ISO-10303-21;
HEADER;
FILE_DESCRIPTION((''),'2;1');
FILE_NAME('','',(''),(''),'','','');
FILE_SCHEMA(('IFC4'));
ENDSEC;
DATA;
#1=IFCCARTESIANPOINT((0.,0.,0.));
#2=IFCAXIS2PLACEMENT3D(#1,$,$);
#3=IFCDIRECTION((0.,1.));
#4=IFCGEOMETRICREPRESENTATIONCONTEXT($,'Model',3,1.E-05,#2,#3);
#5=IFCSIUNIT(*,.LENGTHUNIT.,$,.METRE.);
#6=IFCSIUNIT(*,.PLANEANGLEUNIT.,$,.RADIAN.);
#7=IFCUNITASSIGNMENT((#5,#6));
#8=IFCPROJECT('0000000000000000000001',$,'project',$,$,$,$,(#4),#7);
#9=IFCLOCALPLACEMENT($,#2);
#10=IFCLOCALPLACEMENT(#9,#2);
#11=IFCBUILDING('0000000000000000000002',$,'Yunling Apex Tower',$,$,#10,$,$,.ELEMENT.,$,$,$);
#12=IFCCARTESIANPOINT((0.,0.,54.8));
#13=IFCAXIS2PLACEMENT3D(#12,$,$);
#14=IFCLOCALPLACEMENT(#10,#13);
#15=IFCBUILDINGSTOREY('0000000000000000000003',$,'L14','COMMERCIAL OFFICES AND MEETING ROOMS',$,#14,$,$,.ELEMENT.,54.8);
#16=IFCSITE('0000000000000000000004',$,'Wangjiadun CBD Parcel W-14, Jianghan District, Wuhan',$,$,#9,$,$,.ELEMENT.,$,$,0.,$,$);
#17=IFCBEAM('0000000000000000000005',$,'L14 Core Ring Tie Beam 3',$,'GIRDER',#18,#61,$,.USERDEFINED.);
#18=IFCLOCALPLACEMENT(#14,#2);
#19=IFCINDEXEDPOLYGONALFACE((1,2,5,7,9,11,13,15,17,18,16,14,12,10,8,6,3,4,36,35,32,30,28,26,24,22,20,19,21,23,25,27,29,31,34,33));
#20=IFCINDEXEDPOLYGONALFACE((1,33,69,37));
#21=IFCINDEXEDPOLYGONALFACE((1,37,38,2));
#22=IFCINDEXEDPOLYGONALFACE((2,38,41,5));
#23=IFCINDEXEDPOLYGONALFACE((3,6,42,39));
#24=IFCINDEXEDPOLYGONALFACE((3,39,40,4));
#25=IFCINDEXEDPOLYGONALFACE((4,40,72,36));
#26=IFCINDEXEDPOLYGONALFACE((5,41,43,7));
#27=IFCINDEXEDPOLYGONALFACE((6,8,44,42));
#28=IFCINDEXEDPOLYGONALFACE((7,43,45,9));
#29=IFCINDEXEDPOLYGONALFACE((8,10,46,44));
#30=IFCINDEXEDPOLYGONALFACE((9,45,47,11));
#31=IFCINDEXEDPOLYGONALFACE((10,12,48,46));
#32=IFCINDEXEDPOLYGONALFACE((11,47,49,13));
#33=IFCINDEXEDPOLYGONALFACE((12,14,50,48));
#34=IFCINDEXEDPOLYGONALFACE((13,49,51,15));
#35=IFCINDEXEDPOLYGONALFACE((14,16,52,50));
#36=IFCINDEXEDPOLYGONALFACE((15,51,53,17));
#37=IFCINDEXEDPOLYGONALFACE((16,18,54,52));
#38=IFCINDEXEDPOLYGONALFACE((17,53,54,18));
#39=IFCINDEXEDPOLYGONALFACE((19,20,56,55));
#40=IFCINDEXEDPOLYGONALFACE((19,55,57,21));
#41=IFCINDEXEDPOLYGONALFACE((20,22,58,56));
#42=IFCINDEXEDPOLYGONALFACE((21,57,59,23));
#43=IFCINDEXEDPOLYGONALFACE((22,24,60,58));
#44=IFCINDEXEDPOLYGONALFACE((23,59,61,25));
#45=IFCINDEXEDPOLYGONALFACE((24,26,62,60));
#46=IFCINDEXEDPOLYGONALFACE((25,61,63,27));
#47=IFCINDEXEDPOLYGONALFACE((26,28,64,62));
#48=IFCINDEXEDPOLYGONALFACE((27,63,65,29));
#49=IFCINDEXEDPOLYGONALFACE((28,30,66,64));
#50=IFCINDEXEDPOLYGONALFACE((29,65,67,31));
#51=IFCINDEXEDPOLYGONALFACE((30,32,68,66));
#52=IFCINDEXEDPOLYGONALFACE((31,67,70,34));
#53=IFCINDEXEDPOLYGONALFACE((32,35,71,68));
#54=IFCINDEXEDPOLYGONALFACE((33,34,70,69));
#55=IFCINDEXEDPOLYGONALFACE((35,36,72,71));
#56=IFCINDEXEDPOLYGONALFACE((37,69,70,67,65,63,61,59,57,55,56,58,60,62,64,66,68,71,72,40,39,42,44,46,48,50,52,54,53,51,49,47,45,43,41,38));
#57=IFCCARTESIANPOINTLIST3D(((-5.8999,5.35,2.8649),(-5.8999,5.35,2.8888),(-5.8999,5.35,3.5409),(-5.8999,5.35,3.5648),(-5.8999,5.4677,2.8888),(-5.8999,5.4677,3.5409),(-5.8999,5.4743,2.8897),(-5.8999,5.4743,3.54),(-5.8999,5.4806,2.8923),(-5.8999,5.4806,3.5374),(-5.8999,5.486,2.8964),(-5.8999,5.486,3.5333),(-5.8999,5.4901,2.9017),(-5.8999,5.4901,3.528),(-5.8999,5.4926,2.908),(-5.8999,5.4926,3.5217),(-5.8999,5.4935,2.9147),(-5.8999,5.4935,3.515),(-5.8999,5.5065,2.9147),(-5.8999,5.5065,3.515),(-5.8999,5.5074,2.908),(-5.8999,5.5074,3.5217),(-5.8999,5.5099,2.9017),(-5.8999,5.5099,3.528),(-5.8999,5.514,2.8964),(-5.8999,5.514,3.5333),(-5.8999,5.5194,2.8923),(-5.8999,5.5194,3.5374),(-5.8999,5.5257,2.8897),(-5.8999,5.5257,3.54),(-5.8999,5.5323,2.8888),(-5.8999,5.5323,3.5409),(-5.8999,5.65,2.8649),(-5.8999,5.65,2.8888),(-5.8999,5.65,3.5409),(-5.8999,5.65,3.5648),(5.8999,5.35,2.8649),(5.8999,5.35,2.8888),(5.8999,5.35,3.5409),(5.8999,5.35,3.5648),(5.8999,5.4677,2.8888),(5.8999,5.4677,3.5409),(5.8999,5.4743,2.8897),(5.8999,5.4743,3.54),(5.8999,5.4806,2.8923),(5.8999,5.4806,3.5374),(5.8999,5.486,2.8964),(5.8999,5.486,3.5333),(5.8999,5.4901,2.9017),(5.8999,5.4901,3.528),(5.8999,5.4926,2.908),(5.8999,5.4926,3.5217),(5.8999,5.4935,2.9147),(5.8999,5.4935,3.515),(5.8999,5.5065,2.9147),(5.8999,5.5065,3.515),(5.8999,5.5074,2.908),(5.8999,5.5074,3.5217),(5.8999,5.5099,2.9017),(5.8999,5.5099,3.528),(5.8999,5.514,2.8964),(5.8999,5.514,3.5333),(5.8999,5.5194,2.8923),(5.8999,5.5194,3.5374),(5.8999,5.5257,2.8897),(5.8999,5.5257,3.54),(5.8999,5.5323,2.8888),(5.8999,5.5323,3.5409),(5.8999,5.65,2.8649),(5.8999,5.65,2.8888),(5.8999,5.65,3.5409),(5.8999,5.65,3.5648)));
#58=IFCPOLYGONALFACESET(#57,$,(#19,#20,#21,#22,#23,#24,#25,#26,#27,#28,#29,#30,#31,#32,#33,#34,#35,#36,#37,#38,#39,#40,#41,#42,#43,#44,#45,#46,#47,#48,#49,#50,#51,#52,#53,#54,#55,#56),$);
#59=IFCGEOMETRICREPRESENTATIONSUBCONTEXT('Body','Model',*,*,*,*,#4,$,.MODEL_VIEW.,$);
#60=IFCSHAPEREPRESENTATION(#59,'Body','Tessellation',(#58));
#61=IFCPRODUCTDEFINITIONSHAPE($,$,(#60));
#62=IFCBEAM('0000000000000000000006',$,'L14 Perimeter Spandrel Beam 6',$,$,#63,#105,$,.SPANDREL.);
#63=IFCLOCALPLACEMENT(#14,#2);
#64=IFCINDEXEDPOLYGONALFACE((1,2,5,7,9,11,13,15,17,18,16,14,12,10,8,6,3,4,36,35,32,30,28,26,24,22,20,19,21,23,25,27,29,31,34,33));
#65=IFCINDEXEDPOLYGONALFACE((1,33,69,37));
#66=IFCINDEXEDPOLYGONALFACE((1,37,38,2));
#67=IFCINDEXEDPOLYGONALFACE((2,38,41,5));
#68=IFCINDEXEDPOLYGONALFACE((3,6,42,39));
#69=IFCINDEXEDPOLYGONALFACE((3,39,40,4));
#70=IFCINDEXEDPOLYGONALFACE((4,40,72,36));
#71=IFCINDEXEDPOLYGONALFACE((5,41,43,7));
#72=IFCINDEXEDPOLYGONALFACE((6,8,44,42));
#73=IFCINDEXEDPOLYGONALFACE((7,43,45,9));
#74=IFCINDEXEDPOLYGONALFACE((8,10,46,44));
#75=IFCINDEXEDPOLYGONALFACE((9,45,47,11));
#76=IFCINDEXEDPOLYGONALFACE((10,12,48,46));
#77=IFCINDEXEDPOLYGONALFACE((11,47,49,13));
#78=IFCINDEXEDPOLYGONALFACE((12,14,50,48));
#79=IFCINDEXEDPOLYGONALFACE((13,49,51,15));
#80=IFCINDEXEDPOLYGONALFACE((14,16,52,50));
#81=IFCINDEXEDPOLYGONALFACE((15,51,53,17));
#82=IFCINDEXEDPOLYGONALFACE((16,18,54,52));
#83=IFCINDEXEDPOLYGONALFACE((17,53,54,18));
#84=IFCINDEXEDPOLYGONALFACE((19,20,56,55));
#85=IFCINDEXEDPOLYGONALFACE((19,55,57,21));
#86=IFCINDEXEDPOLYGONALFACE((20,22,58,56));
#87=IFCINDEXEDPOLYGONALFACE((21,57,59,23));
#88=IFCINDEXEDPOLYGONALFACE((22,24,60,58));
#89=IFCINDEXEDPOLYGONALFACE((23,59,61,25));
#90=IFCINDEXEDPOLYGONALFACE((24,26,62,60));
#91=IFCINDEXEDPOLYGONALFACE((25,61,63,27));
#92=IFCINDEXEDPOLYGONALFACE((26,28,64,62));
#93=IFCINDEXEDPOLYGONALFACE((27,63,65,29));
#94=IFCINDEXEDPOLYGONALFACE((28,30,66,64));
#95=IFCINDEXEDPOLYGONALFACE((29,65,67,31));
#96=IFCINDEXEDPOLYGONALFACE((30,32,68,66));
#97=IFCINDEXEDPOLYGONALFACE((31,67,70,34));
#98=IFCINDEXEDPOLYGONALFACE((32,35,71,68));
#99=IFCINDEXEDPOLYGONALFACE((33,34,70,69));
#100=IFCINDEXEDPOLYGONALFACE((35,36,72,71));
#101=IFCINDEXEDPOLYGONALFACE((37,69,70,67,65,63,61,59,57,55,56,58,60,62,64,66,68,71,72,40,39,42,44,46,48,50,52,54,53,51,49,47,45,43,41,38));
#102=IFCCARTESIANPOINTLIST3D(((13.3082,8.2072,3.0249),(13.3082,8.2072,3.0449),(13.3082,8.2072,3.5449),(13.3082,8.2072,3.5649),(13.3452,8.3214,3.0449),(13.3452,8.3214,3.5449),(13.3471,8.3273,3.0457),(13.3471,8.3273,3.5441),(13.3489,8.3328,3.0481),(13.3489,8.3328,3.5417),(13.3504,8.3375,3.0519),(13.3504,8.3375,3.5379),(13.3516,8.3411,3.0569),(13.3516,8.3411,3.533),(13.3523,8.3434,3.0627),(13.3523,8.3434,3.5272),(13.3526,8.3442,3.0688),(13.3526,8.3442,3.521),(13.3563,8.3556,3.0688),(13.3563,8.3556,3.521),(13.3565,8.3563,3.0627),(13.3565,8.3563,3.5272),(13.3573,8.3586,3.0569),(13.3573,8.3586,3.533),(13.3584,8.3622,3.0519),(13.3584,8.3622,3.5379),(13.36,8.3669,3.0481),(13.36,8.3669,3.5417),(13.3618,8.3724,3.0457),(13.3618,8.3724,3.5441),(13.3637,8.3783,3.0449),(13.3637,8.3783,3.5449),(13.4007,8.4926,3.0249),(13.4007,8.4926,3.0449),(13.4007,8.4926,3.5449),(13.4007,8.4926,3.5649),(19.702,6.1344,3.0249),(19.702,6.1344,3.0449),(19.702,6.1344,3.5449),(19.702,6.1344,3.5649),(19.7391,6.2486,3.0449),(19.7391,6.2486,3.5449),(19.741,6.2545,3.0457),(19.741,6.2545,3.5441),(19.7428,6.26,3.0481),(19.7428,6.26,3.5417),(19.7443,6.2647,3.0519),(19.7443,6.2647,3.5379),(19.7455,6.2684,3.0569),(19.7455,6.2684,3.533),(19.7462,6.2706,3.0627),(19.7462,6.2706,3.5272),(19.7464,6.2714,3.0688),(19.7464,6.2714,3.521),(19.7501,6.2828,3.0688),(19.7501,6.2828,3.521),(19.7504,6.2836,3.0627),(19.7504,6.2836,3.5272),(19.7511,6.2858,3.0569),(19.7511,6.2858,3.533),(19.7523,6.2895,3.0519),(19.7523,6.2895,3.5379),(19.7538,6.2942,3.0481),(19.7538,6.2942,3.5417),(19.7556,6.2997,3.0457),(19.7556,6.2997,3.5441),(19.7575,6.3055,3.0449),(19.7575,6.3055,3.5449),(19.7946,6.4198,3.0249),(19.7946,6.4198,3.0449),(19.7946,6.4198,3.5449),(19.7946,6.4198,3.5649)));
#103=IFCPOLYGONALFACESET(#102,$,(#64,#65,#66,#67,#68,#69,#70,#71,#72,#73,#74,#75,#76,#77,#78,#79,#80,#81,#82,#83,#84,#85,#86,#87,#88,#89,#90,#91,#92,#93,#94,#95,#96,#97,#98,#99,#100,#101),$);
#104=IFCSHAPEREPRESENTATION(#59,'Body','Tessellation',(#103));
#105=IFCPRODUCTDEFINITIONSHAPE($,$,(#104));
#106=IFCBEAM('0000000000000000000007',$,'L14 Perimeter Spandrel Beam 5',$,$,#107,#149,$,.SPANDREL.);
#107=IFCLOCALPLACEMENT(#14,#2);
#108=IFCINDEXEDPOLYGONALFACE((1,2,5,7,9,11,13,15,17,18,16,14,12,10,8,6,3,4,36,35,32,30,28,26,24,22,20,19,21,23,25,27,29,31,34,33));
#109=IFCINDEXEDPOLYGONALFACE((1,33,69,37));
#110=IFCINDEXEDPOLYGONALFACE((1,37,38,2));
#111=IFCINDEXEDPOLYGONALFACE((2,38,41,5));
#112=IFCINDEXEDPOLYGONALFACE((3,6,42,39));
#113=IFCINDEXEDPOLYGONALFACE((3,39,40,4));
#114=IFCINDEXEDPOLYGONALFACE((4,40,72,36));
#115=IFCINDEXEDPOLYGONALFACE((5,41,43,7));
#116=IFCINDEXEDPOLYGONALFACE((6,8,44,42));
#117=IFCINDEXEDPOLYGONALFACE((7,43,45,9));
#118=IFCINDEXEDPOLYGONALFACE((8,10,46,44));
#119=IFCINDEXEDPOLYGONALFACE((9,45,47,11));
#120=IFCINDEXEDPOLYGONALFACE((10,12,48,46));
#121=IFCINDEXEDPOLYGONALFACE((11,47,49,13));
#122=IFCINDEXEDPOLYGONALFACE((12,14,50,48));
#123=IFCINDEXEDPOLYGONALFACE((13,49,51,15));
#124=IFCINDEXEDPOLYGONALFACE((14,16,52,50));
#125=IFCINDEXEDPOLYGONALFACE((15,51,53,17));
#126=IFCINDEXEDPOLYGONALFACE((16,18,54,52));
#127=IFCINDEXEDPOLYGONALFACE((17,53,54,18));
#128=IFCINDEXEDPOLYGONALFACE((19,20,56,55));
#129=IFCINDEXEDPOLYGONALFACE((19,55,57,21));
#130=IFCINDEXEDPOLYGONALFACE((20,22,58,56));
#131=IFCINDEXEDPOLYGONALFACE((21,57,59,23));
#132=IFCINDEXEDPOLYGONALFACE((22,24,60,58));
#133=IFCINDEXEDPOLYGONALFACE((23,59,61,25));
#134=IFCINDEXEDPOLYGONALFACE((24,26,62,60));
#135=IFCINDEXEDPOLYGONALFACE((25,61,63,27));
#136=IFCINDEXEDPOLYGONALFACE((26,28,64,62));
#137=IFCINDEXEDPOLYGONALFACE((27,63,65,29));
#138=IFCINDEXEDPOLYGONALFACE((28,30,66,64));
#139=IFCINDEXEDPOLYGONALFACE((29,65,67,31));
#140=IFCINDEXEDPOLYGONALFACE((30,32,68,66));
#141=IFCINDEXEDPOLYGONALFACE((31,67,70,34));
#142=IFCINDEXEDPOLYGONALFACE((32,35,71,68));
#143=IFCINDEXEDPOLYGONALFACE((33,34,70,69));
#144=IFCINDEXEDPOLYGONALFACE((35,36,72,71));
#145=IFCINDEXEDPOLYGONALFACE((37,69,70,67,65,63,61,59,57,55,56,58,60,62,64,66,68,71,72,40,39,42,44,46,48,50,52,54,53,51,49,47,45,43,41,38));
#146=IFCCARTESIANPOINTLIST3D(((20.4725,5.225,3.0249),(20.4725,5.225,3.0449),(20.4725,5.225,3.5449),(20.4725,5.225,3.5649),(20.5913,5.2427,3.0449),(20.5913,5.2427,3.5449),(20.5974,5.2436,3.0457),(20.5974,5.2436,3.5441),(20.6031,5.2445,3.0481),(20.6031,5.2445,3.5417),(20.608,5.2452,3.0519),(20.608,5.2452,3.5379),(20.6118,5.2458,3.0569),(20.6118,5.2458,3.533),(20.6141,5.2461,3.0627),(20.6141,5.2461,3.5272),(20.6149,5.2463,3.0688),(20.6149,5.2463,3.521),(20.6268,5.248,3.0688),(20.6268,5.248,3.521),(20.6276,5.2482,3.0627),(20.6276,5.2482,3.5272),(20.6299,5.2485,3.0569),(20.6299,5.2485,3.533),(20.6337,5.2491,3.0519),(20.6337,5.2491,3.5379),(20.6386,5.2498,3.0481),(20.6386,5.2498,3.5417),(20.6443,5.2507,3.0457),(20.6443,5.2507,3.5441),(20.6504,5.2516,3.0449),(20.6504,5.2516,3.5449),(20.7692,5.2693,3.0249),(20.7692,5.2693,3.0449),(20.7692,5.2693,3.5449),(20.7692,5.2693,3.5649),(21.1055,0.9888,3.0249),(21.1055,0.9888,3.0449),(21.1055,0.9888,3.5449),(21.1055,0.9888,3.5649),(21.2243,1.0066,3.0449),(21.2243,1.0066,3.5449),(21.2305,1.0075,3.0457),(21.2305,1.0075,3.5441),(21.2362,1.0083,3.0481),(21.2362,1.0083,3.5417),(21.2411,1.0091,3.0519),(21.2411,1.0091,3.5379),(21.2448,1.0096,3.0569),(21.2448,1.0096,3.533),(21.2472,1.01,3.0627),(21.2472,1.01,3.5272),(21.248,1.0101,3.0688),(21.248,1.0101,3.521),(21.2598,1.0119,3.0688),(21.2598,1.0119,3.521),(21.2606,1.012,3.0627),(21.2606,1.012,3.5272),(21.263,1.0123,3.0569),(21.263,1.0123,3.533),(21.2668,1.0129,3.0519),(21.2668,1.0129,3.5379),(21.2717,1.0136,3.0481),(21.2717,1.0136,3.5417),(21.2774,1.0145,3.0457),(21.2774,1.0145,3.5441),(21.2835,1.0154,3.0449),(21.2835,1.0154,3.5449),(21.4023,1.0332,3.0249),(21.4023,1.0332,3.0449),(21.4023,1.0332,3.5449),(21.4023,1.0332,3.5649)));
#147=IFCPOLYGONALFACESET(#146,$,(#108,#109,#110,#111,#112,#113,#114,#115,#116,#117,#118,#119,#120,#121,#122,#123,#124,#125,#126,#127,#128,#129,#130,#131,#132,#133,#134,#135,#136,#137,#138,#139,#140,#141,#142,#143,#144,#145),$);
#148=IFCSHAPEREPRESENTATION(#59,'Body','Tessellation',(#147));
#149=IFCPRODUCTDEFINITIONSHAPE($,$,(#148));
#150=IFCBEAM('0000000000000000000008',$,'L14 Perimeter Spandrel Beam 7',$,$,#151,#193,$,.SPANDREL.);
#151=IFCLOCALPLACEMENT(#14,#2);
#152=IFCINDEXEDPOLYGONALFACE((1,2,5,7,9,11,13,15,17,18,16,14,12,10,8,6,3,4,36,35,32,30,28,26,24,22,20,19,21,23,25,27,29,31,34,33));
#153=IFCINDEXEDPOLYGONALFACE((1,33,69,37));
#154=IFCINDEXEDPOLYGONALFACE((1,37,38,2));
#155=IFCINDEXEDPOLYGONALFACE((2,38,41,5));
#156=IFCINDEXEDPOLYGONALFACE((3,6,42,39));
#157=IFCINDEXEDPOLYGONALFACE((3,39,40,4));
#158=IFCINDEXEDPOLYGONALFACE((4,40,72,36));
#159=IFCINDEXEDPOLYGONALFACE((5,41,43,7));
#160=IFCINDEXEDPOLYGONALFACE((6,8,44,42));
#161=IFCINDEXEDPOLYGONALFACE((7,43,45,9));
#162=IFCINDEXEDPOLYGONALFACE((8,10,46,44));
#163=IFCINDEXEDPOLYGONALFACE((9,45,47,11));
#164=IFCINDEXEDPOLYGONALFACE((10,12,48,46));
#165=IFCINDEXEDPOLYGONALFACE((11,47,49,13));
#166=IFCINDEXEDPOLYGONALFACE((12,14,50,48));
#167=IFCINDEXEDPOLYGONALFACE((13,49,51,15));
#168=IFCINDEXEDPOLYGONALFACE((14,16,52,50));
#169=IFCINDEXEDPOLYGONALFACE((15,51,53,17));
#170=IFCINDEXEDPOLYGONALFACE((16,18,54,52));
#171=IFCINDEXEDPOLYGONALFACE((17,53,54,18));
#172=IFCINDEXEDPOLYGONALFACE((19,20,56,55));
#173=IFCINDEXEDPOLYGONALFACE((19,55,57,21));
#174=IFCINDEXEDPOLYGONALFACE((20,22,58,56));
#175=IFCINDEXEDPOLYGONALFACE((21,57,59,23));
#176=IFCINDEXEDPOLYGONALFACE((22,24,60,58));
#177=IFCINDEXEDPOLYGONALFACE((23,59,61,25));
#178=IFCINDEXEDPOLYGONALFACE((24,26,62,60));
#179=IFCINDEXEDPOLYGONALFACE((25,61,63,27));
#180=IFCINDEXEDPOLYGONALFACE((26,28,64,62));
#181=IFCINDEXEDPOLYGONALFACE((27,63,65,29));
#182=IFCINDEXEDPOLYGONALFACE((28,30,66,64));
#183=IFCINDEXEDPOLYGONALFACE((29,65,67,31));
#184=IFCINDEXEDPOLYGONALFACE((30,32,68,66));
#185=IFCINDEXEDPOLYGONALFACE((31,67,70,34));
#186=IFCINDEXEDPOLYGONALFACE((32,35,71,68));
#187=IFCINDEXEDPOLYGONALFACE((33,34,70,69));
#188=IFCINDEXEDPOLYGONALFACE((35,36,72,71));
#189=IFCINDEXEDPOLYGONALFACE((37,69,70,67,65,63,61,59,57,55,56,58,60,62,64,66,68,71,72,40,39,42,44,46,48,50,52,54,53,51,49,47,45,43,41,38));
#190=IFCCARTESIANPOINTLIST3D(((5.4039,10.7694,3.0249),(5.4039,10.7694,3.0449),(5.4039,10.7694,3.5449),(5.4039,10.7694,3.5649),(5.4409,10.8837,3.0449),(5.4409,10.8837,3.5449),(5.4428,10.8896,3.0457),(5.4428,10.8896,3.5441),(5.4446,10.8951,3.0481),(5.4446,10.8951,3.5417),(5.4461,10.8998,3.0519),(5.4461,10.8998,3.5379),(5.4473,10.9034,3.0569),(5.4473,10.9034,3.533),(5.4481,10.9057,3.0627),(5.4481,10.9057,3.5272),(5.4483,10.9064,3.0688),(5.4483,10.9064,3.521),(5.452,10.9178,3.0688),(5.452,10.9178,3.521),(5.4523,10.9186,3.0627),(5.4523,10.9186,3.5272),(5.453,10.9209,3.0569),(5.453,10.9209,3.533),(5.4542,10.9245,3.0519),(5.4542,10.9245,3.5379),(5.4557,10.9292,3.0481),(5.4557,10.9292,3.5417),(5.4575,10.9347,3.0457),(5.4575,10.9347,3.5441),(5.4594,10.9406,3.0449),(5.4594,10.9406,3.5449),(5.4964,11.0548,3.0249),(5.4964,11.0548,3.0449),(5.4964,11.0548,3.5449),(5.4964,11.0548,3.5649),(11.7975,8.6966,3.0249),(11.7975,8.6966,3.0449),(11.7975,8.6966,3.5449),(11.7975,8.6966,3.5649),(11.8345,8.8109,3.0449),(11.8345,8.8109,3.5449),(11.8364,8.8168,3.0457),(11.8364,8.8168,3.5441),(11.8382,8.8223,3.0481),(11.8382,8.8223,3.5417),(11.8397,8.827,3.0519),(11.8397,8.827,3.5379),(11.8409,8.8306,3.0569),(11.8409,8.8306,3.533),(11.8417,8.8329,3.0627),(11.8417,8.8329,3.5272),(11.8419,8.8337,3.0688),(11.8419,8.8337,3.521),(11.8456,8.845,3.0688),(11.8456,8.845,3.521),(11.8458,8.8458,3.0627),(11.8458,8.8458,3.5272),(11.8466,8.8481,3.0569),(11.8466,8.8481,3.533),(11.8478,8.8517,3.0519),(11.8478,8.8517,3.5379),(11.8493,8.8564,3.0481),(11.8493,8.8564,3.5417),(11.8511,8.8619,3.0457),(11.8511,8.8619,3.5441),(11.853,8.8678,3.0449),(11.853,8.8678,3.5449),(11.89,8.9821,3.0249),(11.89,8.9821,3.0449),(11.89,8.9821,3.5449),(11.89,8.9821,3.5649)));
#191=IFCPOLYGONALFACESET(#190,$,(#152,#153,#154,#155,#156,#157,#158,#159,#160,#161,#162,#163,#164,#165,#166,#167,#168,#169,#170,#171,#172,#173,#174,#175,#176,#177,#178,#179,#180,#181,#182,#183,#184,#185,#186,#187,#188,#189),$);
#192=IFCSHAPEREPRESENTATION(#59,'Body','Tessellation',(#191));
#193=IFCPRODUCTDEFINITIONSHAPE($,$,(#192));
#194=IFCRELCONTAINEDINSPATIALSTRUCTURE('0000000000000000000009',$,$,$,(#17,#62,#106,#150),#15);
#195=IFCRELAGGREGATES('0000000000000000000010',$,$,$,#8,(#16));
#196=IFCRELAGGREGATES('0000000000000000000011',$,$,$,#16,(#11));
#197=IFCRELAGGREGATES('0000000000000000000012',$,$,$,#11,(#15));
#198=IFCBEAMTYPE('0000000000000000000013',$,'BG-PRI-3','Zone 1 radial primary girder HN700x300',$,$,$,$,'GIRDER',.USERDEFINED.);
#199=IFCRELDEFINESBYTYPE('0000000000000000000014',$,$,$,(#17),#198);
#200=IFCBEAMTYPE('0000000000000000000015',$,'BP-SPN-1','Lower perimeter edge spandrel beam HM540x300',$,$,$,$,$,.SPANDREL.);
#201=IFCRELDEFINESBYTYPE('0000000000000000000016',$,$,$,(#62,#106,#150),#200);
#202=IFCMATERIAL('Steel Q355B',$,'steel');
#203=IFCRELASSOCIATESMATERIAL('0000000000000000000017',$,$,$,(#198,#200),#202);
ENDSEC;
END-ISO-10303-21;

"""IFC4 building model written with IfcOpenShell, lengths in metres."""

from ifc_helpers import new_model, si_unit, direction, frame, origin, origin_2d, place, context, subcontext, project, spatial, i_section, extrude, source, transform, mapped, material, material_profile, profile_set, type_object, element, save


model = new_model("IFC4")

# Units and contexts
model_context = context("Model", 3, precision=1e-05, world=origin(), true_north=direction((0.0, 1.0)))
body_context = subcontext(model_context, "Body", "Model", "MODEL_VIEW")
ifc_project = project(units=[si_unit("LENGTHUNIT", "METRE"), si_unit("PLANEANGLEUNIT", "RADIAN")], contexts=[model_context])

# Site, building, storey
site_placement = place(None, origin())
site = spatial("IfcSite", under=ifc_project, at=site_placement, Name="Wangjiadun CBD Parcel W-14, Jianghan District, Wuhan", CompositionType="ELEMENT", RefElevation=0.0)
building_placement = place(site_placement, origin())
building = spatial("IfcBuilding", under=site, at=building_placement, Name="Yunling Apex Tower", CompositionType="ELEMENT")
storey_placement = place(building_placement, frame((0.0, 0.0, 54.8)))
storey = spatial("IfcBuildingStorey", under=building, at=storey_placement, Name="L14", Description="COMMERCIAL OFFICES AND MEETING ROOMS", CompositionType="ELEMENT", Elevation=54.8)

# Beams
ifc_material_1 = material(Name="Steel Q355B", Category="steel")
ifc_material_profile_1 = material_profile(ifc_material_1, i_section(OverallWidth=0.3, OverallDepth=0.7, WebThickness=0.0129, FlangeThickness=0.0239, FilletRadius=0.0259, at=origin_2d()))
ifc_profile_set_1 = profile_set([ifc_material_profile_1], Name="Steel Q355B")
beam_type_1 = type_object("IfcBeamType", Name="BG-PRI-3", Description="Zone 1 radial primary girder HN700x300", ElementType="GIRDER", PredefinedType="USERDEFINED", material=ifc_profile_set_1)
shared_shape_1 = source(origin(), body_context, "Body", "SweptSolid", [
    extrude(i_section(OverallWidth=0.3, OverallDepth=0.7, WebThickness=0.0129, FlangeThickness=0.0239, FilletRadius=0.0259, at=origin_2d()), origin(), (0.0, 0.0, 1.0), 11.7998),
])
beam_1_placement = place(storey_placement, frame((5.8999, 5.5, 3.2148), z_axis=(-1.0, 0.0, 0.0), x_axis=(0.0, -1.0, 0.0)))
element("IfcBeam", 1, at=beam_1_placement, inside=storey, type_object=beam_type_1, Name="L14 Core Ring Tie Beam 3", ObjectType="GIRDER", PredefinedType="USERDEFINED", context=body_context, shape_type="MappedRepresentation", body=[
    mapped(shared_shape_1, transform((0.0, 0.0, 0.0), scale=1.0)),
])
ifc_material_profile_2 = material_profile(ifc_material_1, i_section(OverallWidth=0.3, OverallDepth=0.54, WebThickness=0.012, FlangeThickness=0.02, FilletRadius=0.0239, at=origin_2d()))
ifc_profile_set_2 = profile_set([ifc_material_profile_2], Name="Steel Q355B")
beam_type_2 = type_object("IfcBeamType", Name="BP-SPN-1", Description="Lower perimeter edge spandrel beam HM540x300", PredefinedType="SPANDREL", material=ifc_profile_set_2)
shared_shape_2 = source(origin(), body_context, "Body", "SweptSolid", [
    extrude(i_section(OverallWidth=0.3, OverallDepth=0.54, WebThickness=0.012, FlangeThickness=0.02, FilletRadius=0.0239, at=origin_2d()), origin(), (0.0, 0.0, 1.0), 6.7214),
])
beam_2_placement = place(storey_placement, frame((19.7483, 6.2771, 3.2949), z_axis=(-0.951263, 0.308382, 0.0), x_axis=(-0.308382, -0.951263, 0.0)))
element("IfcBeam", 2, at=beam_2_placement, inside=storey, type_object=beam_type_2, Name="L14 Perimeter Spandrel Beam 6", PredefinedType="SPANDREL", context=body_context, shape_type="MappedRepresentation", body=[
    mapped(shared_shape_2, transform((0.0, 0.0, 0.0), scale=1.0)),
])
shared_shape_3 = source(origin(), body_context, "Body", "SweptSolid", [
    extrude(i_section(OverallWidth=0.3, OverallDepth=0.54, WebThickness=0.012, FlangeThickness=0.02, FilletRadius=0.0239, at=origin_2d()), origin(), (0.0, 0.0, 1.0), 4.2832),
])
beam_3_placement = place(storey_placement, frame((21.2539, 1.011, 3.2949), z_axis=(-0.147802, 0.989017, 0.0), x_axis=(-0.989017, -0.147802, 0.0)))
element("IfcBeam", 3, at=beam_3_placement, inside=storey, type_object=beam_type_2, Name="L14 Perimeter Spandrel Beam 5", PredefinedType="SPANDREL", context=body_context, shape_type="MappedRepresentation", body=[
    mapped(shared_shape_3, transform((0.0, 0.0, 0.0), scale=1.0)),
])
shared_shape_4 = source(origin(), body_context, "Body", "SweptSolid", [
    extrude(i_section(OverallWidth=0.3, OverallDepth=0.54, WebThickness=0.012, FlangeThickness=0.02, FilletRadius=0.0239, at=origin_2d()), origin(), (0.0, 0.0, 1.0), 6.7212),
])
beam_4_placement = place(storey_placement, frame((11.8438, 8.8394, 3.2949), z_axis=(-0.951259, 0.308393, 0.0), x_axis=(-0.308393, -0.951259, 0.0)))
element("IfcBeam", 4, at=beam_4_placement, inside=storey, type_object=beam_type_2, Name="L14 Perimeter Spandrel Beam 7", PredefinedType="SPANDREL", context=body_context, shape_type="MappedRepresentation", body=[
    mapped(shared_shape_4, transform((0.0, 0.0, 0.0), scale=1.0)),
])

save(model, "model.ifc")
